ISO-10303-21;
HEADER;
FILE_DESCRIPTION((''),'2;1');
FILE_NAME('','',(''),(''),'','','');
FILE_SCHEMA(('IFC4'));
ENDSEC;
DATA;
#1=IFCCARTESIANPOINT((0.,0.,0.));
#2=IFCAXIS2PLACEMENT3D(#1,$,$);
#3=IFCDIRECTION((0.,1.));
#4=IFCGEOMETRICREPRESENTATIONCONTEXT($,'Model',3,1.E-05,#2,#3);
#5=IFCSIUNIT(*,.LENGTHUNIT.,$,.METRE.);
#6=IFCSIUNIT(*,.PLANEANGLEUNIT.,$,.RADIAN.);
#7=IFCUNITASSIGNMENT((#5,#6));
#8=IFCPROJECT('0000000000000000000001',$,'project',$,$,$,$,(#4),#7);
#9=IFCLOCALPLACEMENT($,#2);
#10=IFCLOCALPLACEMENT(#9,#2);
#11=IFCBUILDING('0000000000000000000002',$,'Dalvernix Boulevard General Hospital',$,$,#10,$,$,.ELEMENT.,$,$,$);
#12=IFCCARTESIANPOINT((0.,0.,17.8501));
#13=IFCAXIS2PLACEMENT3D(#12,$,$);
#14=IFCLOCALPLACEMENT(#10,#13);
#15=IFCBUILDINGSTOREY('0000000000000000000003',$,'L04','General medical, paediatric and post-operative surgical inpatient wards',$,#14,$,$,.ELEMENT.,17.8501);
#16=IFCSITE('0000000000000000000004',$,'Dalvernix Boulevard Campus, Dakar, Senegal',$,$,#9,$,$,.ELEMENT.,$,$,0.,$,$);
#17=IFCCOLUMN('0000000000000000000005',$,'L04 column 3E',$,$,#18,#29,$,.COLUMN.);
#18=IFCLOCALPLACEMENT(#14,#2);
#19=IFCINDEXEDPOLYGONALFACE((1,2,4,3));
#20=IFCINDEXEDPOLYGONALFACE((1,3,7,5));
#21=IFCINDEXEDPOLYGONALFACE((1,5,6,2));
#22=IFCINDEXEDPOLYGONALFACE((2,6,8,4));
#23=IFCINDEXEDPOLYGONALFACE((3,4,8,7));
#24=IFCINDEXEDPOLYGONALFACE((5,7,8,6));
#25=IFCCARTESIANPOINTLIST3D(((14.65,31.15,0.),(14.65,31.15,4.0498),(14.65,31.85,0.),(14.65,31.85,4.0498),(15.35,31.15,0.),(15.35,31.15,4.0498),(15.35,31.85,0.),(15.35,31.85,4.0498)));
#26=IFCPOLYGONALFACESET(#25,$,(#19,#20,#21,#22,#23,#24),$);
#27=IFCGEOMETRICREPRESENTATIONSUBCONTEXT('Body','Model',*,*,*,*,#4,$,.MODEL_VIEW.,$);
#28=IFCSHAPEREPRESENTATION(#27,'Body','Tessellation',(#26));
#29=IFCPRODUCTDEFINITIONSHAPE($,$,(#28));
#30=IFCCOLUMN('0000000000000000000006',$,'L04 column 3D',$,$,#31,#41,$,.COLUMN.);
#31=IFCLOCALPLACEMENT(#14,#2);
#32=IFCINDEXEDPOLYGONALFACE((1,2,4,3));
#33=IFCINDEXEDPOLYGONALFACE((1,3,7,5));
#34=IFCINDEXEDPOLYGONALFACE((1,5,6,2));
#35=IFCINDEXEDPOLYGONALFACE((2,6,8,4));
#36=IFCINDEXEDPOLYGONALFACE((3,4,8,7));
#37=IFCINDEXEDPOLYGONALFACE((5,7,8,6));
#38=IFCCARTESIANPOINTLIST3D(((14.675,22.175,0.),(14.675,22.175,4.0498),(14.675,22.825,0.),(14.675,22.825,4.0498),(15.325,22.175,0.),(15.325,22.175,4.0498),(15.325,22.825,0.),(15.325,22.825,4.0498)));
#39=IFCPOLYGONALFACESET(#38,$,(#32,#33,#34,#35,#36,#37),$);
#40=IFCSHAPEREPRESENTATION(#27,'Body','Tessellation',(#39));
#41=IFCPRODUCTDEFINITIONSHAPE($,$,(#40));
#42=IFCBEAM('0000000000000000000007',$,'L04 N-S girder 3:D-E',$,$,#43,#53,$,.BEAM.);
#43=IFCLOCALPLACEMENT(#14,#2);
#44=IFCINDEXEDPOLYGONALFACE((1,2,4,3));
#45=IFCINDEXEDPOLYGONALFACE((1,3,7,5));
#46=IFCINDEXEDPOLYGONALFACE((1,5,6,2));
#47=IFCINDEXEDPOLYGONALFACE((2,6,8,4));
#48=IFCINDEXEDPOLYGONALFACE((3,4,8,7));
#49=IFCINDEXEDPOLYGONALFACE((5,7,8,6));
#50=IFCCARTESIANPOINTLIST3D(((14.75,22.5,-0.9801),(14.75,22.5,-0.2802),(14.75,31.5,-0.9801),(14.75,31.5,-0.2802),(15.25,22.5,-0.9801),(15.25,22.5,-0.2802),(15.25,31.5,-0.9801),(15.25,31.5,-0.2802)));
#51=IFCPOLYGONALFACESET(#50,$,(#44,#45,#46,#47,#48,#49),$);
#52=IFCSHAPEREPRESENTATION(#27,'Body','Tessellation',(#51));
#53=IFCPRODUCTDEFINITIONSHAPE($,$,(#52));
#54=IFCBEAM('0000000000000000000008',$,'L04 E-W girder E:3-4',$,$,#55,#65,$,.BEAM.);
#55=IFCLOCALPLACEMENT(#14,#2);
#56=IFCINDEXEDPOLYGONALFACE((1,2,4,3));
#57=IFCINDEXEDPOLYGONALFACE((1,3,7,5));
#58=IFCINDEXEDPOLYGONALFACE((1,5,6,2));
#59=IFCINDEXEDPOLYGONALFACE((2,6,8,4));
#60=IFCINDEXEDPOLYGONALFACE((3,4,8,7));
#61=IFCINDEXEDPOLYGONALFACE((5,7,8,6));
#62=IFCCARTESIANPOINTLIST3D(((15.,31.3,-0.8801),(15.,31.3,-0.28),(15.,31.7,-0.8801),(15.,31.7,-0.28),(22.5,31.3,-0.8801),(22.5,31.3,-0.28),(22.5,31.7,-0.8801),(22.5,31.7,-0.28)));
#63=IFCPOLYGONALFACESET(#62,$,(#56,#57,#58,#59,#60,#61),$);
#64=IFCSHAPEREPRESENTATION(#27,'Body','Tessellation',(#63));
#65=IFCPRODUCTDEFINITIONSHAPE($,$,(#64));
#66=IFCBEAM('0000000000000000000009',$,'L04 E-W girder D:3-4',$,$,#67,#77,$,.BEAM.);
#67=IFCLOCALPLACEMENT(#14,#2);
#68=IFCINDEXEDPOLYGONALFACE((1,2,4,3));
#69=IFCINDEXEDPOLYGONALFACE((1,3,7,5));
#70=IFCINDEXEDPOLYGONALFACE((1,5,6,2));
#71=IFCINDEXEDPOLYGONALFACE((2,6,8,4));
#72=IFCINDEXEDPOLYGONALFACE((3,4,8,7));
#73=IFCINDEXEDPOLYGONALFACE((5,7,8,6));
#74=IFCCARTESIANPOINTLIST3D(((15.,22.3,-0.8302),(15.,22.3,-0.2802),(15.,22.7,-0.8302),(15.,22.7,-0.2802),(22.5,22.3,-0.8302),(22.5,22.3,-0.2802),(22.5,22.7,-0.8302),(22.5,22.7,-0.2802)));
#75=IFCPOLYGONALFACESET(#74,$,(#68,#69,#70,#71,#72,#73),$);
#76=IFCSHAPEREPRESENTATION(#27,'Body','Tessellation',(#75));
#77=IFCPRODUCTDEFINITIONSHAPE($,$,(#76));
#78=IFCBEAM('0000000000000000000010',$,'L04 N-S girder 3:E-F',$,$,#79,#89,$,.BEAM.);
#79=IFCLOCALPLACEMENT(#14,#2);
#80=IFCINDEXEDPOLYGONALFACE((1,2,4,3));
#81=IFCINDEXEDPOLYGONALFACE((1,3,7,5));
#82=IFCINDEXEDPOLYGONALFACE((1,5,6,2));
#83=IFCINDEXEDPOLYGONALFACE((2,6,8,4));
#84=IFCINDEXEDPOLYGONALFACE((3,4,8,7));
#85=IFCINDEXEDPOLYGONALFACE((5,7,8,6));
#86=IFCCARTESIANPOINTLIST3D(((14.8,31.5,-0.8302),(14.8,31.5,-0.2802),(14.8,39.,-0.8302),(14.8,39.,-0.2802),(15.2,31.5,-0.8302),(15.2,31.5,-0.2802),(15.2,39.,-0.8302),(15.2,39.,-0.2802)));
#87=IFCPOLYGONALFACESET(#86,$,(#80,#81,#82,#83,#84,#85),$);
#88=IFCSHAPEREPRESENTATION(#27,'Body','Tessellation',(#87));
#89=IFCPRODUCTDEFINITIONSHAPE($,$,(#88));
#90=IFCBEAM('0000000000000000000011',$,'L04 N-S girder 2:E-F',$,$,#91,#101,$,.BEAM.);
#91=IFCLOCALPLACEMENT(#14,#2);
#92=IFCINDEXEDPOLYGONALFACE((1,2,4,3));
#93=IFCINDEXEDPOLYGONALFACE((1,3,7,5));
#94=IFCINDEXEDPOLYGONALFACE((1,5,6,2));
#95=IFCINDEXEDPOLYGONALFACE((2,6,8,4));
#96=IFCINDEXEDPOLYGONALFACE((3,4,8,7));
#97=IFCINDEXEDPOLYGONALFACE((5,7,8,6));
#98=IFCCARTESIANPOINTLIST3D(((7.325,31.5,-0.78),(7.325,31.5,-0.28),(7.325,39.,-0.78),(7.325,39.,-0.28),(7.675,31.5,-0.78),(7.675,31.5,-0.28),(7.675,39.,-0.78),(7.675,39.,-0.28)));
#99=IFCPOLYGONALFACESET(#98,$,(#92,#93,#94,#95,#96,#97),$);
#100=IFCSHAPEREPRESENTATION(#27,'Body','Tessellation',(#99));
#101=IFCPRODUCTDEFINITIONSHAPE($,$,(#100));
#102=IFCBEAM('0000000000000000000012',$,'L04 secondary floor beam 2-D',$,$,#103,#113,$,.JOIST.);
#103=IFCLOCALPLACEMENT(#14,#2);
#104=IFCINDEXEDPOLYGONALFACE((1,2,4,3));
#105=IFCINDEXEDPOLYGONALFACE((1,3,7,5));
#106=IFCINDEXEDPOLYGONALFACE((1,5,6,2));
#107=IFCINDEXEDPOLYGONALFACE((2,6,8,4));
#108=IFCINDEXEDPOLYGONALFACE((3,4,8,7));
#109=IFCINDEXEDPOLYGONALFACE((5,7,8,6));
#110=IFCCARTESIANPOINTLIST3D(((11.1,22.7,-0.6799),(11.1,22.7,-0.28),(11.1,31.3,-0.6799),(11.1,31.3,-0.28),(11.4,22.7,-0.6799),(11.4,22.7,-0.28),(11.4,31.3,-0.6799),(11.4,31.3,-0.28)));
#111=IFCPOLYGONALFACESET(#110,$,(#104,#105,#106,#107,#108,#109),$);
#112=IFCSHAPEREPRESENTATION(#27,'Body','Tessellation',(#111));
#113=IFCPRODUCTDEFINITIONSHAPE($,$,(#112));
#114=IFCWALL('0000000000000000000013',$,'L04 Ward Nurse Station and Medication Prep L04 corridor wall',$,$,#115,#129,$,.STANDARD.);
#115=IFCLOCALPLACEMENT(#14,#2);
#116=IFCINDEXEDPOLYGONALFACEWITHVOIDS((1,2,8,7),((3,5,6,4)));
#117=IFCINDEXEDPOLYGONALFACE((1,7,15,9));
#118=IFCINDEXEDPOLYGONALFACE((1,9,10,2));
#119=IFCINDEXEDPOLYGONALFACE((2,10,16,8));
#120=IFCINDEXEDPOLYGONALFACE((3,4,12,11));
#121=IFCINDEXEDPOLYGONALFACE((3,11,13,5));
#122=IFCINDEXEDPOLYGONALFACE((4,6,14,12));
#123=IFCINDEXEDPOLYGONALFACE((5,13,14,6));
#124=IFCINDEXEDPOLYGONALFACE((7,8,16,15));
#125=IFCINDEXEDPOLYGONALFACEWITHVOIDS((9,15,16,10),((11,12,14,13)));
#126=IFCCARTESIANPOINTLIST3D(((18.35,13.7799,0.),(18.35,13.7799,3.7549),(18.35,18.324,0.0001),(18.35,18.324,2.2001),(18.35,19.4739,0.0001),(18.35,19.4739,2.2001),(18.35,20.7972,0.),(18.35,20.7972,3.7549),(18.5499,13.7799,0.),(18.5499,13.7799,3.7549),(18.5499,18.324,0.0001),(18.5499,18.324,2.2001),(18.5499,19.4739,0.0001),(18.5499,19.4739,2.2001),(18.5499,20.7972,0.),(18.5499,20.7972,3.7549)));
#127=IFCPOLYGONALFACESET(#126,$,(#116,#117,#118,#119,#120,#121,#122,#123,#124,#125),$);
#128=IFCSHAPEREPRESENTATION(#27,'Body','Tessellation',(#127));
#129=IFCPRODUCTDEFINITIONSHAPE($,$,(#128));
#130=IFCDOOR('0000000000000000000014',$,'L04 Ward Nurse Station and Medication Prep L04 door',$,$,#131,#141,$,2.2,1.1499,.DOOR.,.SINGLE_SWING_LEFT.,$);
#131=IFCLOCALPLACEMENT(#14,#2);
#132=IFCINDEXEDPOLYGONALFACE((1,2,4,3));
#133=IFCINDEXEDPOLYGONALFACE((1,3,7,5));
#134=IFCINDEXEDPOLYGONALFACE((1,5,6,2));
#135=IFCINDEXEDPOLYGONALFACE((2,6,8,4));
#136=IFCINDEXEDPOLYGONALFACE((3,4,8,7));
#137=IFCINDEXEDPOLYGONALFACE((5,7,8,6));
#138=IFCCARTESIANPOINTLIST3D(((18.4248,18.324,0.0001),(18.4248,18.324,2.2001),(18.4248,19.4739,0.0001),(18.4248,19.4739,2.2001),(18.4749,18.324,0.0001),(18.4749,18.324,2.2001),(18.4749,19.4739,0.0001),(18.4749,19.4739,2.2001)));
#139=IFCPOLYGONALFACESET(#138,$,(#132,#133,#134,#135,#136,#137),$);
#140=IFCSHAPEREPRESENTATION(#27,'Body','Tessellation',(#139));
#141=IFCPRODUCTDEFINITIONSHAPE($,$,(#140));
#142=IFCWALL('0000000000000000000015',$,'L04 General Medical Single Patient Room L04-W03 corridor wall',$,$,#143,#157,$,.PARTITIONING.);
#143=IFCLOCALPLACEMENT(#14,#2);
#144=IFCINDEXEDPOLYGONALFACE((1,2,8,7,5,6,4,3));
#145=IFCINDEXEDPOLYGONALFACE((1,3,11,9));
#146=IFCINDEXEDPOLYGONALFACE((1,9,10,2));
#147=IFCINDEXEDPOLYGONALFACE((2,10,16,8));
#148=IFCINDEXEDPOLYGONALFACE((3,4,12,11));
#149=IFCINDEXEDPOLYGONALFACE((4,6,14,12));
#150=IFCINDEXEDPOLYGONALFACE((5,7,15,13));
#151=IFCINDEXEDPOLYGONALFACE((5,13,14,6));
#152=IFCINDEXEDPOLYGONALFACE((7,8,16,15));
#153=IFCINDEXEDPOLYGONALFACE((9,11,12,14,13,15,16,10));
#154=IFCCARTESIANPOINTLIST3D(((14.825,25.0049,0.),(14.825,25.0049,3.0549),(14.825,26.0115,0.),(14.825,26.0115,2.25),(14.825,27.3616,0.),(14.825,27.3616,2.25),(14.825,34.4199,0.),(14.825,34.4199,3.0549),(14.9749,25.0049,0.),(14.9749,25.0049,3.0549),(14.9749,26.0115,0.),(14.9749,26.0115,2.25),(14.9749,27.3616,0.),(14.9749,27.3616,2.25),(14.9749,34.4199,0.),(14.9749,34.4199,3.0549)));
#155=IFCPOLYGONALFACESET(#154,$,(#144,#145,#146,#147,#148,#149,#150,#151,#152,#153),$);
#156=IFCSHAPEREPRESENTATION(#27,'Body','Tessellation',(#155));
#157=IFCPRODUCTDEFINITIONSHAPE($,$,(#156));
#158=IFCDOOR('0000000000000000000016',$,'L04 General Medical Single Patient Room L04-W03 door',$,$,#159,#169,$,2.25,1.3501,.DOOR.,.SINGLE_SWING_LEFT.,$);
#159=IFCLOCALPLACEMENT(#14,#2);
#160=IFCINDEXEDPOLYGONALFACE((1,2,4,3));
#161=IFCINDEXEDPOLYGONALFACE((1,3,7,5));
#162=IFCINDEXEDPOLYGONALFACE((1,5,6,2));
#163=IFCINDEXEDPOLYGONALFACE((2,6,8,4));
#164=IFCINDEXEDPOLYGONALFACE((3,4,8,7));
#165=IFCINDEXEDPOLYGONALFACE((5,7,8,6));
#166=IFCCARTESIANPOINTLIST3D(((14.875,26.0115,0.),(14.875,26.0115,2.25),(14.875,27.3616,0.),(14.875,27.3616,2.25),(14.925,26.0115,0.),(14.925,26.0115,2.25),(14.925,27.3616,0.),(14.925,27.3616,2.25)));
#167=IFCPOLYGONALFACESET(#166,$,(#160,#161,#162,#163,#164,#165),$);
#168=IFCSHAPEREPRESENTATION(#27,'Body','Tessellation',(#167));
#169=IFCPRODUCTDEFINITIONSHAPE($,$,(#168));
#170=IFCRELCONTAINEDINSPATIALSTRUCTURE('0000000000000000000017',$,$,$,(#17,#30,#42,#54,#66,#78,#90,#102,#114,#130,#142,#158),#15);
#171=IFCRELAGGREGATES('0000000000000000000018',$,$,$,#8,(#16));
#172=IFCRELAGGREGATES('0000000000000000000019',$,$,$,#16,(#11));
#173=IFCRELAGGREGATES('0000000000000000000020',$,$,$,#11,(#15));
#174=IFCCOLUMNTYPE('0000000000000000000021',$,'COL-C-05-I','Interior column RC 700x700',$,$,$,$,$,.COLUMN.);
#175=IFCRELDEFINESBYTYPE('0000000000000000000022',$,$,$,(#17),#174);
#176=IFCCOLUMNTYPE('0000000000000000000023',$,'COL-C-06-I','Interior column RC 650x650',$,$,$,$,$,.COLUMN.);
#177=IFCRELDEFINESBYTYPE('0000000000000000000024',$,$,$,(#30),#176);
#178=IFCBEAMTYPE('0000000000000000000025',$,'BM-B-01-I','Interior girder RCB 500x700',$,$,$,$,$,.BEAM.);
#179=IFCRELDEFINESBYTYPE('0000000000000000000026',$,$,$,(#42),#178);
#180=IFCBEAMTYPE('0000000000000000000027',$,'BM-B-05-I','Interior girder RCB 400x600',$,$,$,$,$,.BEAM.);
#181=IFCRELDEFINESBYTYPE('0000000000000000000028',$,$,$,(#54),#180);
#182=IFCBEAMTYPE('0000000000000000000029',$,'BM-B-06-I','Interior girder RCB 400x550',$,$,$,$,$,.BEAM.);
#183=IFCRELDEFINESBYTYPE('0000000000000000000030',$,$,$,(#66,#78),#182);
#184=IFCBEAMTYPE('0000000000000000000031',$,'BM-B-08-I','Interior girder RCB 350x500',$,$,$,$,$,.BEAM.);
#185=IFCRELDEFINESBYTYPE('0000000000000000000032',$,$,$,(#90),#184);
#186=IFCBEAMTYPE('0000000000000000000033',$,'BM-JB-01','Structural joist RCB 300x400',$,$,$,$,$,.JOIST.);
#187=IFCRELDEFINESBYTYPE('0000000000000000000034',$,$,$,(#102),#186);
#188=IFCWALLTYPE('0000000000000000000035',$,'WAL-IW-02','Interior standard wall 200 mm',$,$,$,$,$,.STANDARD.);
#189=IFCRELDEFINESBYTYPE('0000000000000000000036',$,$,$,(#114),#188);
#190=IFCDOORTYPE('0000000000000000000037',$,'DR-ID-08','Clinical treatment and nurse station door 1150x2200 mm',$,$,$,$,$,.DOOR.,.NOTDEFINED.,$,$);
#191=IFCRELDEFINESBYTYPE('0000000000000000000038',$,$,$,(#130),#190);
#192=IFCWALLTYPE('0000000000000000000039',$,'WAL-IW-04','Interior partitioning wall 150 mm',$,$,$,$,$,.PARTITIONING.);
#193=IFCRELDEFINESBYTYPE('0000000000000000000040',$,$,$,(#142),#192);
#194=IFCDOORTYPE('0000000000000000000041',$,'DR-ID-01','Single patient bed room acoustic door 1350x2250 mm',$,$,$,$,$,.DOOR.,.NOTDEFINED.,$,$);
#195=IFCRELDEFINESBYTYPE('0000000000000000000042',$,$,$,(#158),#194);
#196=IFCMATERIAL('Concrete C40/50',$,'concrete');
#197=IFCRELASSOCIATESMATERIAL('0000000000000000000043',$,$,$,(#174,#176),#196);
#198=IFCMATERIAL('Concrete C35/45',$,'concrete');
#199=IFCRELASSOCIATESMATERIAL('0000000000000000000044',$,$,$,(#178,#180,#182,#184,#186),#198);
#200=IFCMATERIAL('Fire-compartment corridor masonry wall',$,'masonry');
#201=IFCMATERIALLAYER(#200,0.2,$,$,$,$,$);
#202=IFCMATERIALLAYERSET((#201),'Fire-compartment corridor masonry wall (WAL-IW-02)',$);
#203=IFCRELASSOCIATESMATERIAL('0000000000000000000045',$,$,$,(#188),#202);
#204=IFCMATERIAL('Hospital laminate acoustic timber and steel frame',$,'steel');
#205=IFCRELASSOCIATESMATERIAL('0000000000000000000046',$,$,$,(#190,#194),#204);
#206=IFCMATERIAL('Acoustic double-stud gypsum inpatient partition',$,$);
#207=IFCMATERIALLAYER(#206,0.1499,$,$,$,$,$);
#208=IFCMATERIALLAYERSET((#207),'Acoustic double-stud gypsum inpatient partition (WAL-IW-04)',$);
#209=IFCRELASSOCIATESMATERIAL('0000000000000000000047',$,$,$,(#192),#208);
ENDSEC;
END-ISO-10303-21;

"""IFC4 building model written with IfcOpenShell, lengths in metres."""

from ifc_helpers import new_model, si_unit, direction, frame, frame_2d, origin, origin_2d, place, context, subcontext, project, spatial, rectangle, extrude, material, layer, layer_set, material_profile, profile_set, type_object, element, fill, save


model = new_model("IFC4")

# Units and contexts
model_context = context("Model", 3, precision=1e-05, world=origin(), true_north=direction((0.0, 1.0)))
body_context = subcontext(model_context, "Body", "Model", "MODEL_VIEW")
ifc_project = project(units=[si_unit("LENGTHUNIT", "METRE"), si_unit("PLANEANGLEUNIT", "RADIAN")], contexts=[model_context])

# Site, building, storey
site_placement = place(None, origin())
site = spatial("IfcSite", under=ifc_project, at=site_placement, Name="Dalvernix Boulevard Campus, Dakar, Senegal", CompositionType="ELEMENT", RefElevation=0.0)
building_placement = place(site_placement, origin())
building = spatial("IfcBuilding", under=site, at=building_placement, Name="Dalvernix Boulevard General Hospital", CompositionType="ELEMENT")
storey_placement = place(building_placement, frame((0.0, 0.0, 17.8501)))
storey = spatial("IfcBuildingStorey", under=building, at=storey_placement, Name="L04", Description="General medical, paediatric and post-operative surgical inpatient wards", CompositionType="ELEMENT", Elevation=17.8501)

# Columns
ifc_material_1 = material(Name="Concrete C40/50", Category="concrete")
ifc_material_profile_1 = material_profile(ifc_material_1, rectangle(XDim=0.7, YDim=0.7, at=origin_2d()), Name="RC 700x700")
ifc_profile_set_1 = profile_set([ifc_material_profile_1], Name="Concrete C40/50")
column_type_1 = type_object("IfcColumnType", Name="COL-C-05-I", Description="Interior column RC 700x700", PredefinedType="COLUMN", material=ifc_profile_set_1)
column_1_placement = place(storey_placement, frame((15.0, 31.5, 0.0), z_axis=(0.0, 0.0, 1.0), x_axis=(1.0, 0.0, 0.0)))
element("IfcColumn", 1, at=column_1_placement, inside=storey, type_object=column_type_1, Name="L04 column 3E", PredefinedType="COLUMN", context=body_context, shape_type="SweptSolid", body=[
    extrude(rectangle(XDim=0.7, YDim=0.7, at=origin_2d()), origin(), (0.0, 0.0, 1.0), 4.0498),
])
ifc_material_profile_2 = material_profile(ifc_material_1, rectangle(XDim=0.6499, YDim=0.6499, at=origin_2d()), Name="RC 650x650")
ifc_profile_set_2 = profile_set([ifc_material_profile_2], Name="Concrete C40/50")
column_type_2 = type_object("IfcColumnType", Name="COL-C-06-I", Description="Interior column RC 650x650", PredefinedType="COLUMN", material=ifc_profile_set_2)
column_2_placement = place(storey_placement, frame((15.0, 22.5, 0.0), z_axis=(0.0, 0.0, 1.0), x_axis=(1.0, 0.0, 0.0)))
element("IfcColumn", 2, at=column_2_placement, inside=storey, type_object=column_type_2, Name="L04 column 3D", PredefinedType="COLUMN", context=body_context, shape_type="SweptSolid", body=[
    extrude(rectangle(XDim=0.6499, YDim=0.6499, at=origin_2d()), origin(), (0.0, 0.0, 1.0), 4.0498),
])

# Beams
ifc_material_2 = material(Name="Concrete C35/45", Category="concrete")
ifc_material_profile_3 = material_profile(ifc_material_2, rectangle(XDim=0.5, YDim=0.7, at=origin_2d()), Name="RCB 500x700")
ifc_profile_set_3 = profile_set([ifc_material_profile_3], Name="Concrete C35/45")
beam_type_1 = type_object("IfcBeamType", Name="BM-B-01-I", Description="Interior girder RCB 500x700", PredefinedType="BEAM", material=ifc_profile_set_3)
beam_1_placement = place(storey_placement, frame((15.0, 22.5, -0.6301), z_axis=(0.0, 1.0, 0.0), x_axis=(-1.0, 0.0, 0.0)))
element("IfcBeam", 3, at=beam_1_placement, inside=storey, type_object=beam_type_1, Name="L04 N-S girder 3:D-E", PredefinedType="BEAM", context=body_context, shape_type="SweptSolid", body=[
    extrude(rectangle(XDim=0.5, YDim=0.7, at=origin_2d()), origin(), (0.0, 0.0, 1.0), 9.0),
])
ifc_material_profile_4 = material_profile(ifc_material_2, rectangle(XDim=0.3999, YDim=0.6001, at=origin_2d()), Name="RCB 400x600")
ifc_profile_set_4 = profile_set([ifc_material_profile_4], Name="Concrete C35/45")
beam_type_2 = type_object("IfcBeamType", Name="BM-B-05-I", Description="Interior girder RCB 400x600", PredefinedType="BEAM", material=ifc_profile_set_4)
beam_2_placement = place(storey_placement, frame((15.0, 31.5, -0.5801), z_axis=(1.0, 0.0, 0.0), x_axis=(0.0, 1.0, 0.0)))
element("IfcBeam", 4, at=beam_2_placement, inside=storey, type_object=beam_type_2, Name="L04 E-W girder E:3-4", PredefinedType="BEAM", context=body_context, shape_type="SweptSolid", body=[
    extrude(rectangle(XDim=0.3999, YDim=0.6001, at=origin_2d()), origin(), (0.0, 0.0, 1.0), 7.5),
])
ifc_material_profile_5 = material_profile(ifc_material_2, rectangle(XDim=0.3999, YDim=0.55, at=origin_2d()), Name="RCB 400x550")
ifc_profile_set_5 = profile_set([ifc_material_profile_5], Name="Concrete C35/45")
beam_type_3 = type_object("IfcBeamType", Name="BM-B-06-I", Description="Interior girder RCB 400x550", PredefinedType="BEAM", material=ifc_profile_set_5)
for number, where, z_axis, x_axis, name in (
    (5, (15.0, 22.5, -0.5552), (1.0, 0.0, 0.0), (0.0, 1.0, 0.0), "L04 E-W girder D:3-4"),
    (6, (15.0, 31.5, -0.5552), (0.0, 1.0, 0.0), (-1.0, 0.0, 0.0), "L04 N-S girder 3:E-F"),
):
    element("IfcBeam", number, at=place(storey_placement, frame(where, z_axis=z_axis, x_axis=x_axis)), inside=storey, type_object=beam_type_3, Name=name, PredefinedType="BEAM", context=body_context, shape_type="SweptSolid", body=[
        extrude(rectangle(XDim=0.3999, YDim=0.55, at=origin_2d()), origin(), (0.0, 0.0, 1.0), 7.5),
    ])
ifc_material_profile_6 = material_profile(ifc_material_2, rectangle(XDim=0.3501, YDim=0.5, at=origin_2d()), Name="RCB 350x500")
ifc_profile_set_6 = profile_set([ifc_material_profile_6], Name="Concrete C35/45")
beam_type_4 = type_object("IfcBeamType", Name="BM-B-08-I", Description="Interior girder RCB 350x500", PredefinedType="BEAM", material=ifc_profile_set_6)
beam_3_placement = place(storey_placement, frame((7.5, 31.5, -0.53), z_axis=(0.0, 1.0, 0.0), x_axis=(-1.0, 0.0, 0.0)))
element("IfcBeam", 7, at=beam_3_placement, inside=storey, type_object=beam_type_4, Name="L04 N-S girder 2:E-F", PredefinedType="BEAM", context=body_context, shape_type="SweptSolid", body=[
    extrude(rectangle(XDim=0.3501, YDim=0.5, at=origin_2d()), origin(), (0.0, 0.0, 1.0), 7.5),
])
ifc_material_profile_7 = material_profile(ifc_material_2, rectangle(XDim=0.3, YDim=0.3999, at=origin_2d()), Name="RCB 300x400")
ifc_profile_set_7 = profile_set([ifc_material_profile_7], Name="Concrete C35/45")
beam_type_5 = type_object("IfcBeamType", Name="BM-JB-01", Description="Structural joist RCB 300x400", PredefinedType="JOIST", material=ifc_profile_set_7)
beam_4_placement = place(storey_placement, frame((11.25, 22.7, -0.48), z_axis=(0.0, 1.0, 0.0), x_axis=(-1.0, 0.0, 0.0)))
element("IfcBeam", 8, at=beam_4_placement, inside=storey, type_object=beam_type_5, Name="L04 secondary floor beam 2-D", PredefinedType="JOIST", context=body_context, shape_type="SweptSolid", body=[
    extrude(rectangle(XDim=0.3, YDim=0.3999, at=origin_2d()), origin(), (0.0, 0.0, 1.0), 8.6001),
])

# Walls, openings, doors
ifc_material_3 = material(Name="Fire-compartment corridor masonry wall", Category="masonry")
ifc_layer_1 = layer(ifc_material_3, 0.2)
ifc_layer_set_1 = layer_set([ifc_layer_1], Name="Fire-compartment corridor masonry wall (WAL-IW-02)")
wall_type_1 = type_object("IfcWallType", Name="WAL-IW-02", Description="Interior standard wall 200 mm", PredefinedType="STANDARD", material=ifc_layer_set_1)
wall_1_placement = place(storey_placement, frame((18.45, 20.7974, 0.0), z_axis=(0.0, 0.0, 1.0), x_axis=(0.0, -1.0, 0.0)))
wall_1 = element("IfcWall", 9, at=wall_1_placement, inside=storey, type_object=wall_type_1, Name="L04 Ward Nurse Station and Medication Prep L04 corridor wall", PredefinedType="STANDARD", context=body_context, shape_type="SweptSolid", body=[
    extrude(rectangle(XDim=7.0173, YDim=0.2, at=frame_2d((3.5088, 0.0))), origin(), (0.0, 0.0, 1.0), 3.7549),
])
opening_1_placement = place(wall_1_placement, frame((1.3235, 0.0, 0.0)))
opening_1 = element("IfcOpeningElement", 10, at=opening_1_placement, cuts=wall_1, PredefinedType="OPENING", context=body_context, shape_type="SweptSolid", body=[
    extrude(rectangle(XDim=1.1499, YDim=2.2, at=frame_2d((0.575, 1.1001))), frame((0.0, 0.1099, 0.0), z_axis=(0.0, -1.0, 0.0), x_axis=(1.0, 0.0, 0.0)), (0.0, 0.0, 1.0), 0.22),
])
ifc_material_4 = material(Name="Hospital laminate acoustic timber and steel frame", Category="steel")
door_type_1 = type_object("IfcDoorType", Name="DR-ID-08", Description="Clinical treatment and nurse station door 1150x2200 mm", OperationType="NOTDEFINED", PredefinedType="DOOR", material=ifc_material_4)
door_1_placement = place(opening_1_placement, origin())
door_1 = element("IfcDoor", 11, at=door_1_placement, inside=storey, type_object=door_type_1, Name="L04 Ward Nurse Station and Medication Prep L04 door", OperationType="SINGLE_SWING_LEFT", OverallHeight=2.2, OverallWidth=1.1499, PredefinedType="DOOR", context=body_context, shape_type="SweptSolid", body=[
    extrude(rectangle(XDim=1.1499, YDim=2.2, at=frame_2d((0.575, 1.1001))), frame((0.0, 0.0249, 0.0), z_axis=(0.0, -1.0, 0.0), x_axis=(1.0, 0.0, 0.0)), (0.0, 0.0, 1.0), 0.05),
])
fill(opening_1, door_1)
ifc_material_5 = material(Name="Acoustic double-stud gypsum inpatient partition")
ifc_layer_2 = layer(ifc_material_5, 0.1499)
ifc_layer_set_2 = layer_set([ifc_layer_2], Name="Acoustic double-stud gypsum inpatient partition (WAL-IW-04)")
wall_type_2 = type_object("IfcWallType", Name="WAL-IW-04", Description="Interior partitioning wall 150 mm", PredefinedType="PARTITIONING", material=ifc_layer_set_2)
wall_2_placement = place(storey_placement, frame((14.8999, 25.0049, 0.0), z_axis=(0.0, 0.0, 1.0), x_axis=(0.0, 1.0, 0.0)))
wall_2 = element("IfcWall", 12, at=wall_2_placement, inside=storey, type_object=wall_type_2, Name="L04 General Medical Single Patient Room L04-W03 corridor wall", PredefinedType="PARTITIONING", context=body_context, shape_type="SweptSolid", body=[
    extrude(rectangle(XDim=9.415, YDim=0.1499, at=frame_2d((4.7075, 0.0))), origin(), (0.0, 0.0, 1.0), 3.0549),
])
opening_2_placement = place(wall_2_placement, frame((1.0066, 0.0, 0.0)))
opening_2 = element("IfcOpeningElement", 13, at=opening_2_placement, cuts=wall_2, PredefinedType="OPENING", context=body_context, shape_type="SweptSolid", body=[
    extrude(rectangle(XDim=1.3501, YDim=2.25, at=frame_2d((0.675, 1.125))), frame((0.0, 0.085, 0.0), z_axis=(0.0, -1.0, 0.0), x_axis=(1.0, 0.0, 0.0)), (0.0, 0.0, 1.0), 0.1699),
])
door_type_2 = type_object("IfcDoorType", Name="DR-ID-01", Description="Single patient bed room acoustic door 1350x2250 mm", OperationType="NOTDEFINED", PredefinedType="DOOR", material=ifc_material_4)
door_2_placement = place(opening_2_placement, origin())
door_2 = element("IfcDoor", 14, at=door_2_placement, inside=storey, type_object=door_type_2, Name="L04 General Medical Single Patient Room L04-W03 door", OperationType="SINGLE_SWING_LEFT", OverallHeight=2.25, OverallWidth=1.3501, PredefinedType="DOOR", context=body_context, shape_type="SweptSolid", body=[
    extrude(rectangle(XDim=1.3501, YDim=2.25, at=frame_2d((0.675, 1.125))), frame((0.0, 0.0249, 0.0), z_axis=(0.0, -1.0, 0.0), x_axis=(1.0, 0.0, 0.0)), (0.0, 0.0, 1.0), 0.05),
])
fill(opening_2, door_2)

save(model, "model.ifc")
